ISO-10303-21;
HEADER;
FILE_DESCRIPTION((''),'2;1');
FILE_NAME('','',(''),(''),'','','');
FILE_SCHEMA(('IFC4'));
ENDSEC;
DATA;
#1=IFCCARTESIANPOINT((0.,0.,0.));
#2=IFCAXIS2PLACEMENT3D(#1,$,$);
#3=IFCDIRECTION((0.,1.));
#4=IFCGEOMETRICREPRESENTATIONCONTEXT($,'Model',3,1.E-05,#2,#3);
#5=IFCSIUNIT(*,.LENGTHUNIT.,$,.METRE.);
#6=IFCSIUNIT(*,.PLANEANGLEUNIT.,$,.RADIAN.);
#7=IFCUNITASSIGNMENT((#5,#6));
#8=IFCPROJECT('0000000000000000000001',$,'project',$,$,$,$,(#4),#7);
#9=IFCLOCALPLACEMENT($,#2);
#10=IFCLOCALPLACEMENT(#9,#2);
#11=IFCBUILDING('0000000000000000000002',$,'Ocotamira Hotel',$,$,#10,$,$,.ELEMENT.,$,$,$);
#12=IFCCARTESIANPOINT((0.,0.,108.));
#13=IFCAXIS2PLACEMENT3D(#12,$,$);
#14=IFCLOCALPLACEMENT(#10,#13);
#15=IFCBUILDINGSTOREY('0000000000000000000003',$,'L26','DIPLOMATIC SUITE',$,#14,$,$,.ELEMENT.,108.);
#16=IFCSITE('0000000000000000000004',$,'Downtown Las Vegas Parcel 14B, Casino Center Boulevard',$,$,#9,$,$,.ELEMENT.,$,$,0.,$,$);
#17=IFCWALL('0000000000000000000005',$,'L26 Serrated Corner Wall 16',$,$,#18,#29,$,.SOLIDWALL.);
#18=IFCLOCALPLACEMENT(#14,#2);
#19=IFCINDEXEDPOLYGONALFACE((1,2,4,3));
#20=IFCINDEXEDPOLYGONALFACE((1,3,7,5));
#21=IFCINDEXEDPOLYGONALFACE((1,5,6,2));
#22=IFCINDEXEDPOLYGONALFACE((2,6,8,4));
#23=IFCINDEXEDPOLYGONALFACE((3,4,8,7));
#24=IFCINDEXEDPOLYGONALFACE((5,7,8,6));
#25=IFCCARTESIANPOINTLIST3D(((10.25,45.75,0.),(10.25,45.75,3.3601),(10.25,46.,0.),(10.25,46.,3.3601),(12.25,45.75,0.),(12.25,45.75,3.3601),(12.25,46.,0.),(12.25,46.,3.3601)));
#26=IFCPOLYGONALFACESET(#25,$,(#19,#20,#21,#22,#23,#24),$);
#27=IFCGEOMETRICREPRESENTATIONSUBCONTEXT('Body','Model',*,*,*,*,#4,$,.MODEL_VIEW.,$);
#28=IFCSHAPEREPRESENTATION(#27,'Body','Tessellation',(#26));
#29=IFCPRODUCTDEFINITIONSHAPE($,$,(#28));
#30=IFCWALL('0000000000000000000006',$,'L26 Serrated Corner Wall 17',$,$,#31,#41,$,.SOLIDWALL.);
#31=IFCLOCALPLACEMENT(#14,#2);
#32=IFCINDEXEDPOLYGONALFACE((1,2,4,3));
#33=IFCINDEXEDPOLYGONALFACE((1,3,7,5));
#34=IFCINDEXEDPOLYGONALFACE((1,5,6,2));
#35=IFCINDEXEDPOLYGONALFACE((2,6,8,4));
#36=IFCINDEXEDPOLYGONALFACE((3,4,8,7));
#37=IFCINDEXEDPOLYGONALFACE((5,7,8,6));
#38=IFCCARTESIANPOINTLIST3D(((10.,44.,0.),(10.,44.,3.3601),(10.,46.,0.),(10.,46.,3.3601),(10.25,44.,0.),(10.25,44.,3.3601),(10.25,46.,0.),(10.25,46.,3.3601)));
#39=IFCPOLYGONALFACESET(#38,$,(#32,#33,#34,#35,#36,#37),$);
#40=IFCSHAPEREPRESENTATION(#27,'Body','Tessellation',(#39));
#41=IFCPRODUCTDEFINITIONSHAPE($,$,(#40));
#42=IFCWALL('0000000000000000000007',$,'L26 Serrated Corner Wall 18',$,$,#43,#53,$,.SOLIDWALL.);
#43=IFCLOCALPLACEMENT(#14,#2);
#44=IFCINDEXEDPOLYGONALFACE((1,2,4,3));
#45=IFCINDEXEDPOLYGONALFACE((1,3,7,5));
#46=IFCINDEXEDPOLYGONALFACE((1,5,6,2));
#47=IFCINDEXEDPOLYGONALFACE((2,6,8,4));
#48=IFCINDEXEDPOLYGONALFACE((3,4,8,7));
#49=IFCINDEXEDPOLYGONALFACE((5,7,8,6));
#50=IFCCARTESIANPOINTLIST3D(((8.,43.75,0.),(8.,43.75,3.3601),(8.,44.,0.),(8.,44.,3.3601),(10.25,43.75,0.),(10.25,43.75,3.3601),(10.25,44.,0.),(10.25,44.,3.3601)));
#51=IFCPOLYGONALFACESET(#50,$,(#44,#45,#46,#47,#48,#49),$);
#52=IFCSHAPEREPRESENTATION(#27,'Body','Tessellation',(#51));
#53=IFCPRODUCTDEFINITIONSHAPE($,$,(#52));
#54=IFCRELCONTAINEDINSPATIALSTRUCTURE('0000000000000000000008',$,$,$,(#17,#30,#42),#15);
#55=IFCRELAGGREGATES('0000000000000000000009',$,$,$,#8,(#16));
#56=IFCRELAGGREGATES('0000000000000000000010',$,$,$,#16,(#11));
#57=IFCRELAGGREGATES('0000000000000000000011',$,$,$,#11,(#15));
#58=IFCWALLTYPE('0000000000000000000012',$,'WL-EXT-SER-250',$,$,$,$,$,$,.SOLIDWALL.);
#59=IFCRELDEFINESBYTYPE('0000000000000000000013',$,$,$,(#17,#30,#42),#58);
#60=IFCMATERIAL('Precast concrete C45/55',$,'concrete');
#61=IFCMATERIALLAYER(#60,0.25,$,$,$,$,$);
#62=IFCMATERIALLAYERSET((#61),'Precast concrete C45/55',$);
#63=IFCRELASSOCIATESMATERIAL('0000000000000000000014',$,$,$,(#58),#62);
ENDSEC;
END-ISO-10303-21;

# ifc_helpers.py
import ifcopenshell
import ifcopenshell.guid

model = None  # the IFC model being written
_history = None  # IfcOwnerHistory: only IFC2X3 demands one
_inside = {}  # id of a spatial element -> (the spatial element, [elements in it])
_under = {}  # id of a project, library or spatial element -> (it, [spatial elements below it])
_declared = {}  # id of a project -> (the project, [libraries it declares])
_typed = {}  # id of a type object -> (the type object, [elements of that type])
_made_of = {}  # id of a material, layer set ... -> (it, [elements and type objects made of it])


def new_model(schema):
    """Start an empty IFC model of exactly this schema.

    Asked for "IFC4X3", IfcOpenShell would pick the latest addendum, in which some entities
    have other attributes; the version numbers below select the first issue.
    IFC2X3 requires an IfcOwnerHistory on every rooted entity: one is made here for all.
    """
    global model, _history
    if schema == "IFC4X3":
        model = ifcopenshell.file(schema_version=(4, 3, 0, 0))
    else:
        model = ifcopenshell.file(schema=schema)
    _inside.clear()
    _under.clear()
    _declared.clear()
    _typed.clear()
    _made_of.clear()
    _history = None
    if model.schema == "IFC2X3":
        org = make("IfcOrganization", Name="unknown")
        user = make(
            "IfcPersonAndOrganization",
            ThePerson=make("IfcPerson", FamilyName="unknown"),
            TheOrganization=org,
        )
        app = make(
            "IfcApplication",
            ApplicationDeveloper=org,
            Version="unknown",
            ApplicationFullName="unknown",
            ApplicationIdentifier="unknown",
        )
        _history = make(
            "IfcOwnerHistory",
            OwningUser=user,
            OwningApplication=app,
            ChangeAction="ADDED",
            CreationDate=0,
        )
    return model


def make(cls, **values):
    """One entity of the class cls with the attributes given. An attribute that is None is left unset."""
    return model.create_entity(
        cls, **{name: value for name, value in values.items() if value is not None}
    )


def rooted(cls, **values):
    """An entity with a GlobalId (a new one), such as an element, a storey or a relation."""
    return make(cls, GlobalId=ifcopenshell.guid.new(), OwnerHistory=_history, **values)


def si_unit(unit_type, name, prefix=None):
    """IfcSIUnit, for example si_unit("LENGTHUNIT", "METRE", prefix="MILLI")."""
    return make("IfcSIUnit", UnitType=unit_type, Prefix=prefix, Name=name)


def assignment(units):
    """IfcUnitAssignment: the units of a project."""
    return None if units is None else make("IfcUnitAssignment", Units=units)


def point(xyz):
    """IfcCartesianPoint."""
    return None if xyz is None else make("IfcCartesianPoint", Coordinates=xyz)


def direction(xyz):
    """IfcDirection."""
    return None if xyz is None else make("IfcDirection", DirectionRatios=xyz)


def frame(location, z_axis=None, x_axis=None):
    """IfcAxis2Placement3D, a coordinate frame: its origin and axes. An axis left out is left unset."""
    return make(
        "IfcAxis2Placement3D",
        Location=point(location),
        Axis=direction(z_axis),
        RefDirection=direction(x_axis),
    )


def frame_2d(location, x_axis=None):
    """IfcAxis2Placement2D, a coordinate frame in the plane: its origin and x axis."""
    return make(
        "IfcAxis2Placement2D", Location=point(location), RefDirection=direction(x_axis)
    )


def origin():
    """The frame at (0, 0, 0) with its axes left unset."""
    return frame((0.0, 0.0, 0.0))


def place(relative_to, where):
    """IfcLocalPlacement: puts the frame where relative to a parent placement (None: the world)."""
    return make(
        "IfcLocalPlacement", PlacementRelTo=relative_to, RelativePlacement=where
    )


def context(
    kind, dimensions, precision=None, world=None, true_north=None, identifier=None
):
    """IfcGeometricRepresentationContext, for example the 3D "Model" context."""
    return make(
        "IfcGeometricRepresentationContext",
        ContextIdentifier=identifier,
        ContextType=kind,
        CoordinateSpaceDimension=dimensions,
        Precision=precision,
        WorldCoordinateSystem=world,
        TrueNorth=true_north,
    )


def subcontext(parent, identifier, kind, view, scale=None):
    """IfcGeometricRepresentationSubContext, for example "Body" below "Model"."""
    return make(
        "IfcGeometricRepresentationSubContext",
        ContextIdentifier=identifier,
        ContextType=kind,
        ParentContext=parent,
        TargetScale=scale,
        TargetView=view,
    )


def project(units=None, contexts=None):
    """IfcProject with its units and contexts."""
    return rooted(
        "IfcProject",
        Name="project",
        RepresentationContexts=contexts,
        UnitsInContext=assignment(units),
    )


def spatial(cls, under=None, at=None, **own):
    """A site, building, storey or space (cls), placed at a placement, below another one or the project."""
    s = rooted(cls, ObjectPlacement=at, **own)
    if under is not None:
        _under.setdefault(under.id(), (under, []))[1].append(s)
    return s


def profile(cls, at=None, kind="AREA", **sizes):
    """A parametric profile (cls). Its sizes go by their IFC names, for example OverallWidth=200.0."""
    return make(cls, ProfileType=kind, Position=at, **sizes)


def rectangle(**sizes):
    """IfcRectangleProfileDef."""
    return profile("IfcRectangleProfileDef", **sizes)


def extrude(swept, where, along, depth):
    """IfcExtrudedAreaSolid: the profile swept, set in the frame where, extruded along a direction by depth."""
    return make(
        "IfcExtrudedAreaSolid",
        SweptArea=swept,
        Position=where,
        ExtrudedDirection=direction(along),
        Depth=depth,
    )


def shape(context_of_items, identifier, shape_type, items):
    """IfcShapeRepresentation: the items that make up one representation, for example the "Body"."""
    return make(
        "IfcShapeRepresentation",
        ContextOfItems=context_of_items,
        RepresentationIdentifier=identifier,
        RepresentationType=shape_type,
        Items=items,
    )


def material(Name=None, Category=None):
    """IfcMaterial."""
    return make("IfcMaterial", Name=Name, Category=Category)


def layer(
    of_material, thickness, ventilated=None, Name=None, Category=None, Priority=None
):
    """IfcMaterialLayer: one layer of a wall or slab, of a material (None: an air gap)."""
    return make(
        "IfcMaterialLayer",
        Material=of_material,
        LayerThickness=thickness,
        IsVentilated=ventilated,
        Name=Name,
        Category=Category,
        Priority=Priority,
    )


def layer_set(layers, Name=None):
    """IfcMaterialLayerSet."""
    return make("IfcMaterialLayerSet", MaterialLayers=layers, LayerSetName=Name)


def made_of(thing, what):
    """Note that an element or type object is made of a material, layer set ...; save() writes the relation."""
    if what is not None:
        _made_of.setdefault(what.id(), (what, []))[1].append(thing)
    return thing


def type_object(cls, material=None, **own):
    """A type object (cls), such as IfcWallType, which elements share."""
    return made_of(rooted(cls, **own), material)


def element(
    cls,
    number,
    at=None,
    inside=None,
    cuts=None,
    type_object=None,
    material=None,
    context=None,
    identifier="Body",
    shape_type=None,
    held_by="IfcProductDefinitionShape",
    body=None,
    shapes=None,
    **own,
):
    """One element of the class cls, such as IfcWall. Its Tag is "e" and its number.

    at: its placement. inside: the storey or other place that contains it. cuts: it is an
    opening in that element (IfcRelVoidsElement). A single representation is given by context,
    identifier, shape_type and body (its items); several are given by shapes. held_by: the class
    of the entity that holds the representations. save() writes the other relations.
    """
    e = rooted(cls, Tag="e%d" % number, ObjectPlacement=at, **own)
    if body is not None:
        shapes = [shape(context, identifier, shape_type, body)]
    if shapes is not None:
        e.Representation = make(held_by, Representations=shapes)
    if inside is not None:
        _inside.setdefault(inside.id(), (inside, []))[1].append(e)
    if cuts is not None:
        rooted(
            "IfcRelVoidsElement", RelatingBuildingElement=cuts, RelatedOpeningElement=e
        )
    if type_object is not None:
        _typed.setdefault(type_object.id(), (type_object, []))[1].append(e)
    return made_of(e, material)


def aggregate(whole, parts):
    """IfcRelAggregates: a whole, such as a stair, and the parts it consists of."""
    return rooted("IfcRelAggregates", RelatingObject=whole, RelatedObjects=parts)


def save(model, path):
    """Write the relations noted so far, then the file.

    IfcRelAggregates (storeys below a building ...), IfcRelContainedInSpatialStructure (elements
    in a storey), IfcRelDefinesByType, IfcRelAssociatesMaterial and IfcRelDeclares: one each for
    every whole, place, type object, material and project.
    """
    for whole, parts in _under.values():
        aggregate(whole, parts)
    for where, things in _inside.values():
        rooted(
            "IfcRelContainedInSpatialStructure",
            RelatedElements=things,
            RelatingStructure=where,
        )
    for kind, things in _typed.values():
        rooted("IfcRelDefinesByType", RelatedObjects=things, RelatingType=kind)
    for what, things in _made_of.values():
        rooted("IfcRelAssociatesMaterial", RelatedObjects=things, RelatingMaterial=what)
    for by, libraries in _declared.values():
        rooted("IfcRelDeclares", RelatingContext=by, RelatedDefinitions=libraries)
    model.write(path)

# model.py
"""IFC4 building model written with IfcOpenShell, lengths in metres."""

from ifc_helpers import new_model, si_unit, direction, frame, frame_2d, origin, place, context, subcontext, project, spatial, rectangle, extrude, material, layer, layer_set, type_object, element, save


model = new_model("IFC4")

# Units and contexts
model_context = context("Model", 3, precision=1e-05, world=origin(), true_north=direction((0.0, 1.0)))
body_context = subcontext(model_context, "Body", "Model", "MODEL_VIEW")
ifc_project = project(units=[si_unit("LENGTHUNIT", "METRE"), si_unit("PLANEANGLEUNIT", "RADIAN")], contexts=[model_context])

# Site, building, storey
site_placement = place(None, origin())
site = spatial("IfcSite", under=ifc_project, at=site_placement, Name="Downtown Las Vegas Parcel 14B, Casino Center Boulevard", CompositionType="ELEMENT", RefElevation=0.0)
building_placement = place(site_placement, origin())
building = spatial("IfcBuilding", under=site, at=building_placement, Name="Ocotamira Hotel", CompositionType="ELEMENT")
storey_placement = place(building_placement, frame((0.0, 0.0, 108.0)))
storey = spatial("IfcBuildingStorey", under=building, at=storey_placement, Name="L26", Description="DIPLOMATIC SUITE", CompositionType="ELEMENT", Elevation=108.0)

# Shared definitions
ifc_material_1 = material(Name="Precast concrete C45/55", Category="concrete")
ifc_layer_1 = layer(ifc_material_1, 0.25)
ifc_layer_set_1 = layer_set([ifc_layer_1], Name="Precast concrete C45/55")
wall_type = type_object("IfcWallType", Name="WL-EXT-SER-250", PredefinedType="SOLIDWALL", material=ifc_layer_set_1)

# Walls
for number, where, z_axis, x_axis, name in (
    (1, (12.25, 45.875, 0.0), (0.0, 0.0, 1.0), (-1.0, 0.0, 0.0), "L26 Serrated Corner Wall 16"),
    (2, (10.125, 46.0, 0.0), (0.0, 0.0, 1.0), (0.0, -1.0, 0.0), "L26 Serrated Corner Wall 17"),
):
    element("IfcWall", number, at=place(storey_placement, frame(where, z_axis=z_axis, x_axis=x_axis)), inside=storey, type_object=wall_type, Name=name, PredefinedType="SOLIDWALL", context=body_context, shape_type="SweptSolid", body=[
        extrude(rectangle(XDim=2.0, YDim=0.25, at=frame_2d((1.0, 0.0))), origin(), (0.0, 0.0, 1.0), 3.3601),
    ])
wall_1_placement = place(storey_placement, frame((10.25, 43.875, 0.0), z_axis=(0.0, 0.0, 1.0), x_axis=(-1.0, 0.0, 0.0)))
element("IfcWall", 3, at=wall_1_placement, inside=storey, type_object=wall_type, Name="L26 Serrated Corner Wall 18", PredefinedType="SOLIDWALL", context=body_context, shape_type="SweptSolid", body=[
    extrude(rectangle(XDim=2.25, YDim=0.25, at=frame_2d((1.125, 0.0))), origin(), (0.0, 0.0, 1.0), 3.3601),
])

save(model, "model.ifc")
